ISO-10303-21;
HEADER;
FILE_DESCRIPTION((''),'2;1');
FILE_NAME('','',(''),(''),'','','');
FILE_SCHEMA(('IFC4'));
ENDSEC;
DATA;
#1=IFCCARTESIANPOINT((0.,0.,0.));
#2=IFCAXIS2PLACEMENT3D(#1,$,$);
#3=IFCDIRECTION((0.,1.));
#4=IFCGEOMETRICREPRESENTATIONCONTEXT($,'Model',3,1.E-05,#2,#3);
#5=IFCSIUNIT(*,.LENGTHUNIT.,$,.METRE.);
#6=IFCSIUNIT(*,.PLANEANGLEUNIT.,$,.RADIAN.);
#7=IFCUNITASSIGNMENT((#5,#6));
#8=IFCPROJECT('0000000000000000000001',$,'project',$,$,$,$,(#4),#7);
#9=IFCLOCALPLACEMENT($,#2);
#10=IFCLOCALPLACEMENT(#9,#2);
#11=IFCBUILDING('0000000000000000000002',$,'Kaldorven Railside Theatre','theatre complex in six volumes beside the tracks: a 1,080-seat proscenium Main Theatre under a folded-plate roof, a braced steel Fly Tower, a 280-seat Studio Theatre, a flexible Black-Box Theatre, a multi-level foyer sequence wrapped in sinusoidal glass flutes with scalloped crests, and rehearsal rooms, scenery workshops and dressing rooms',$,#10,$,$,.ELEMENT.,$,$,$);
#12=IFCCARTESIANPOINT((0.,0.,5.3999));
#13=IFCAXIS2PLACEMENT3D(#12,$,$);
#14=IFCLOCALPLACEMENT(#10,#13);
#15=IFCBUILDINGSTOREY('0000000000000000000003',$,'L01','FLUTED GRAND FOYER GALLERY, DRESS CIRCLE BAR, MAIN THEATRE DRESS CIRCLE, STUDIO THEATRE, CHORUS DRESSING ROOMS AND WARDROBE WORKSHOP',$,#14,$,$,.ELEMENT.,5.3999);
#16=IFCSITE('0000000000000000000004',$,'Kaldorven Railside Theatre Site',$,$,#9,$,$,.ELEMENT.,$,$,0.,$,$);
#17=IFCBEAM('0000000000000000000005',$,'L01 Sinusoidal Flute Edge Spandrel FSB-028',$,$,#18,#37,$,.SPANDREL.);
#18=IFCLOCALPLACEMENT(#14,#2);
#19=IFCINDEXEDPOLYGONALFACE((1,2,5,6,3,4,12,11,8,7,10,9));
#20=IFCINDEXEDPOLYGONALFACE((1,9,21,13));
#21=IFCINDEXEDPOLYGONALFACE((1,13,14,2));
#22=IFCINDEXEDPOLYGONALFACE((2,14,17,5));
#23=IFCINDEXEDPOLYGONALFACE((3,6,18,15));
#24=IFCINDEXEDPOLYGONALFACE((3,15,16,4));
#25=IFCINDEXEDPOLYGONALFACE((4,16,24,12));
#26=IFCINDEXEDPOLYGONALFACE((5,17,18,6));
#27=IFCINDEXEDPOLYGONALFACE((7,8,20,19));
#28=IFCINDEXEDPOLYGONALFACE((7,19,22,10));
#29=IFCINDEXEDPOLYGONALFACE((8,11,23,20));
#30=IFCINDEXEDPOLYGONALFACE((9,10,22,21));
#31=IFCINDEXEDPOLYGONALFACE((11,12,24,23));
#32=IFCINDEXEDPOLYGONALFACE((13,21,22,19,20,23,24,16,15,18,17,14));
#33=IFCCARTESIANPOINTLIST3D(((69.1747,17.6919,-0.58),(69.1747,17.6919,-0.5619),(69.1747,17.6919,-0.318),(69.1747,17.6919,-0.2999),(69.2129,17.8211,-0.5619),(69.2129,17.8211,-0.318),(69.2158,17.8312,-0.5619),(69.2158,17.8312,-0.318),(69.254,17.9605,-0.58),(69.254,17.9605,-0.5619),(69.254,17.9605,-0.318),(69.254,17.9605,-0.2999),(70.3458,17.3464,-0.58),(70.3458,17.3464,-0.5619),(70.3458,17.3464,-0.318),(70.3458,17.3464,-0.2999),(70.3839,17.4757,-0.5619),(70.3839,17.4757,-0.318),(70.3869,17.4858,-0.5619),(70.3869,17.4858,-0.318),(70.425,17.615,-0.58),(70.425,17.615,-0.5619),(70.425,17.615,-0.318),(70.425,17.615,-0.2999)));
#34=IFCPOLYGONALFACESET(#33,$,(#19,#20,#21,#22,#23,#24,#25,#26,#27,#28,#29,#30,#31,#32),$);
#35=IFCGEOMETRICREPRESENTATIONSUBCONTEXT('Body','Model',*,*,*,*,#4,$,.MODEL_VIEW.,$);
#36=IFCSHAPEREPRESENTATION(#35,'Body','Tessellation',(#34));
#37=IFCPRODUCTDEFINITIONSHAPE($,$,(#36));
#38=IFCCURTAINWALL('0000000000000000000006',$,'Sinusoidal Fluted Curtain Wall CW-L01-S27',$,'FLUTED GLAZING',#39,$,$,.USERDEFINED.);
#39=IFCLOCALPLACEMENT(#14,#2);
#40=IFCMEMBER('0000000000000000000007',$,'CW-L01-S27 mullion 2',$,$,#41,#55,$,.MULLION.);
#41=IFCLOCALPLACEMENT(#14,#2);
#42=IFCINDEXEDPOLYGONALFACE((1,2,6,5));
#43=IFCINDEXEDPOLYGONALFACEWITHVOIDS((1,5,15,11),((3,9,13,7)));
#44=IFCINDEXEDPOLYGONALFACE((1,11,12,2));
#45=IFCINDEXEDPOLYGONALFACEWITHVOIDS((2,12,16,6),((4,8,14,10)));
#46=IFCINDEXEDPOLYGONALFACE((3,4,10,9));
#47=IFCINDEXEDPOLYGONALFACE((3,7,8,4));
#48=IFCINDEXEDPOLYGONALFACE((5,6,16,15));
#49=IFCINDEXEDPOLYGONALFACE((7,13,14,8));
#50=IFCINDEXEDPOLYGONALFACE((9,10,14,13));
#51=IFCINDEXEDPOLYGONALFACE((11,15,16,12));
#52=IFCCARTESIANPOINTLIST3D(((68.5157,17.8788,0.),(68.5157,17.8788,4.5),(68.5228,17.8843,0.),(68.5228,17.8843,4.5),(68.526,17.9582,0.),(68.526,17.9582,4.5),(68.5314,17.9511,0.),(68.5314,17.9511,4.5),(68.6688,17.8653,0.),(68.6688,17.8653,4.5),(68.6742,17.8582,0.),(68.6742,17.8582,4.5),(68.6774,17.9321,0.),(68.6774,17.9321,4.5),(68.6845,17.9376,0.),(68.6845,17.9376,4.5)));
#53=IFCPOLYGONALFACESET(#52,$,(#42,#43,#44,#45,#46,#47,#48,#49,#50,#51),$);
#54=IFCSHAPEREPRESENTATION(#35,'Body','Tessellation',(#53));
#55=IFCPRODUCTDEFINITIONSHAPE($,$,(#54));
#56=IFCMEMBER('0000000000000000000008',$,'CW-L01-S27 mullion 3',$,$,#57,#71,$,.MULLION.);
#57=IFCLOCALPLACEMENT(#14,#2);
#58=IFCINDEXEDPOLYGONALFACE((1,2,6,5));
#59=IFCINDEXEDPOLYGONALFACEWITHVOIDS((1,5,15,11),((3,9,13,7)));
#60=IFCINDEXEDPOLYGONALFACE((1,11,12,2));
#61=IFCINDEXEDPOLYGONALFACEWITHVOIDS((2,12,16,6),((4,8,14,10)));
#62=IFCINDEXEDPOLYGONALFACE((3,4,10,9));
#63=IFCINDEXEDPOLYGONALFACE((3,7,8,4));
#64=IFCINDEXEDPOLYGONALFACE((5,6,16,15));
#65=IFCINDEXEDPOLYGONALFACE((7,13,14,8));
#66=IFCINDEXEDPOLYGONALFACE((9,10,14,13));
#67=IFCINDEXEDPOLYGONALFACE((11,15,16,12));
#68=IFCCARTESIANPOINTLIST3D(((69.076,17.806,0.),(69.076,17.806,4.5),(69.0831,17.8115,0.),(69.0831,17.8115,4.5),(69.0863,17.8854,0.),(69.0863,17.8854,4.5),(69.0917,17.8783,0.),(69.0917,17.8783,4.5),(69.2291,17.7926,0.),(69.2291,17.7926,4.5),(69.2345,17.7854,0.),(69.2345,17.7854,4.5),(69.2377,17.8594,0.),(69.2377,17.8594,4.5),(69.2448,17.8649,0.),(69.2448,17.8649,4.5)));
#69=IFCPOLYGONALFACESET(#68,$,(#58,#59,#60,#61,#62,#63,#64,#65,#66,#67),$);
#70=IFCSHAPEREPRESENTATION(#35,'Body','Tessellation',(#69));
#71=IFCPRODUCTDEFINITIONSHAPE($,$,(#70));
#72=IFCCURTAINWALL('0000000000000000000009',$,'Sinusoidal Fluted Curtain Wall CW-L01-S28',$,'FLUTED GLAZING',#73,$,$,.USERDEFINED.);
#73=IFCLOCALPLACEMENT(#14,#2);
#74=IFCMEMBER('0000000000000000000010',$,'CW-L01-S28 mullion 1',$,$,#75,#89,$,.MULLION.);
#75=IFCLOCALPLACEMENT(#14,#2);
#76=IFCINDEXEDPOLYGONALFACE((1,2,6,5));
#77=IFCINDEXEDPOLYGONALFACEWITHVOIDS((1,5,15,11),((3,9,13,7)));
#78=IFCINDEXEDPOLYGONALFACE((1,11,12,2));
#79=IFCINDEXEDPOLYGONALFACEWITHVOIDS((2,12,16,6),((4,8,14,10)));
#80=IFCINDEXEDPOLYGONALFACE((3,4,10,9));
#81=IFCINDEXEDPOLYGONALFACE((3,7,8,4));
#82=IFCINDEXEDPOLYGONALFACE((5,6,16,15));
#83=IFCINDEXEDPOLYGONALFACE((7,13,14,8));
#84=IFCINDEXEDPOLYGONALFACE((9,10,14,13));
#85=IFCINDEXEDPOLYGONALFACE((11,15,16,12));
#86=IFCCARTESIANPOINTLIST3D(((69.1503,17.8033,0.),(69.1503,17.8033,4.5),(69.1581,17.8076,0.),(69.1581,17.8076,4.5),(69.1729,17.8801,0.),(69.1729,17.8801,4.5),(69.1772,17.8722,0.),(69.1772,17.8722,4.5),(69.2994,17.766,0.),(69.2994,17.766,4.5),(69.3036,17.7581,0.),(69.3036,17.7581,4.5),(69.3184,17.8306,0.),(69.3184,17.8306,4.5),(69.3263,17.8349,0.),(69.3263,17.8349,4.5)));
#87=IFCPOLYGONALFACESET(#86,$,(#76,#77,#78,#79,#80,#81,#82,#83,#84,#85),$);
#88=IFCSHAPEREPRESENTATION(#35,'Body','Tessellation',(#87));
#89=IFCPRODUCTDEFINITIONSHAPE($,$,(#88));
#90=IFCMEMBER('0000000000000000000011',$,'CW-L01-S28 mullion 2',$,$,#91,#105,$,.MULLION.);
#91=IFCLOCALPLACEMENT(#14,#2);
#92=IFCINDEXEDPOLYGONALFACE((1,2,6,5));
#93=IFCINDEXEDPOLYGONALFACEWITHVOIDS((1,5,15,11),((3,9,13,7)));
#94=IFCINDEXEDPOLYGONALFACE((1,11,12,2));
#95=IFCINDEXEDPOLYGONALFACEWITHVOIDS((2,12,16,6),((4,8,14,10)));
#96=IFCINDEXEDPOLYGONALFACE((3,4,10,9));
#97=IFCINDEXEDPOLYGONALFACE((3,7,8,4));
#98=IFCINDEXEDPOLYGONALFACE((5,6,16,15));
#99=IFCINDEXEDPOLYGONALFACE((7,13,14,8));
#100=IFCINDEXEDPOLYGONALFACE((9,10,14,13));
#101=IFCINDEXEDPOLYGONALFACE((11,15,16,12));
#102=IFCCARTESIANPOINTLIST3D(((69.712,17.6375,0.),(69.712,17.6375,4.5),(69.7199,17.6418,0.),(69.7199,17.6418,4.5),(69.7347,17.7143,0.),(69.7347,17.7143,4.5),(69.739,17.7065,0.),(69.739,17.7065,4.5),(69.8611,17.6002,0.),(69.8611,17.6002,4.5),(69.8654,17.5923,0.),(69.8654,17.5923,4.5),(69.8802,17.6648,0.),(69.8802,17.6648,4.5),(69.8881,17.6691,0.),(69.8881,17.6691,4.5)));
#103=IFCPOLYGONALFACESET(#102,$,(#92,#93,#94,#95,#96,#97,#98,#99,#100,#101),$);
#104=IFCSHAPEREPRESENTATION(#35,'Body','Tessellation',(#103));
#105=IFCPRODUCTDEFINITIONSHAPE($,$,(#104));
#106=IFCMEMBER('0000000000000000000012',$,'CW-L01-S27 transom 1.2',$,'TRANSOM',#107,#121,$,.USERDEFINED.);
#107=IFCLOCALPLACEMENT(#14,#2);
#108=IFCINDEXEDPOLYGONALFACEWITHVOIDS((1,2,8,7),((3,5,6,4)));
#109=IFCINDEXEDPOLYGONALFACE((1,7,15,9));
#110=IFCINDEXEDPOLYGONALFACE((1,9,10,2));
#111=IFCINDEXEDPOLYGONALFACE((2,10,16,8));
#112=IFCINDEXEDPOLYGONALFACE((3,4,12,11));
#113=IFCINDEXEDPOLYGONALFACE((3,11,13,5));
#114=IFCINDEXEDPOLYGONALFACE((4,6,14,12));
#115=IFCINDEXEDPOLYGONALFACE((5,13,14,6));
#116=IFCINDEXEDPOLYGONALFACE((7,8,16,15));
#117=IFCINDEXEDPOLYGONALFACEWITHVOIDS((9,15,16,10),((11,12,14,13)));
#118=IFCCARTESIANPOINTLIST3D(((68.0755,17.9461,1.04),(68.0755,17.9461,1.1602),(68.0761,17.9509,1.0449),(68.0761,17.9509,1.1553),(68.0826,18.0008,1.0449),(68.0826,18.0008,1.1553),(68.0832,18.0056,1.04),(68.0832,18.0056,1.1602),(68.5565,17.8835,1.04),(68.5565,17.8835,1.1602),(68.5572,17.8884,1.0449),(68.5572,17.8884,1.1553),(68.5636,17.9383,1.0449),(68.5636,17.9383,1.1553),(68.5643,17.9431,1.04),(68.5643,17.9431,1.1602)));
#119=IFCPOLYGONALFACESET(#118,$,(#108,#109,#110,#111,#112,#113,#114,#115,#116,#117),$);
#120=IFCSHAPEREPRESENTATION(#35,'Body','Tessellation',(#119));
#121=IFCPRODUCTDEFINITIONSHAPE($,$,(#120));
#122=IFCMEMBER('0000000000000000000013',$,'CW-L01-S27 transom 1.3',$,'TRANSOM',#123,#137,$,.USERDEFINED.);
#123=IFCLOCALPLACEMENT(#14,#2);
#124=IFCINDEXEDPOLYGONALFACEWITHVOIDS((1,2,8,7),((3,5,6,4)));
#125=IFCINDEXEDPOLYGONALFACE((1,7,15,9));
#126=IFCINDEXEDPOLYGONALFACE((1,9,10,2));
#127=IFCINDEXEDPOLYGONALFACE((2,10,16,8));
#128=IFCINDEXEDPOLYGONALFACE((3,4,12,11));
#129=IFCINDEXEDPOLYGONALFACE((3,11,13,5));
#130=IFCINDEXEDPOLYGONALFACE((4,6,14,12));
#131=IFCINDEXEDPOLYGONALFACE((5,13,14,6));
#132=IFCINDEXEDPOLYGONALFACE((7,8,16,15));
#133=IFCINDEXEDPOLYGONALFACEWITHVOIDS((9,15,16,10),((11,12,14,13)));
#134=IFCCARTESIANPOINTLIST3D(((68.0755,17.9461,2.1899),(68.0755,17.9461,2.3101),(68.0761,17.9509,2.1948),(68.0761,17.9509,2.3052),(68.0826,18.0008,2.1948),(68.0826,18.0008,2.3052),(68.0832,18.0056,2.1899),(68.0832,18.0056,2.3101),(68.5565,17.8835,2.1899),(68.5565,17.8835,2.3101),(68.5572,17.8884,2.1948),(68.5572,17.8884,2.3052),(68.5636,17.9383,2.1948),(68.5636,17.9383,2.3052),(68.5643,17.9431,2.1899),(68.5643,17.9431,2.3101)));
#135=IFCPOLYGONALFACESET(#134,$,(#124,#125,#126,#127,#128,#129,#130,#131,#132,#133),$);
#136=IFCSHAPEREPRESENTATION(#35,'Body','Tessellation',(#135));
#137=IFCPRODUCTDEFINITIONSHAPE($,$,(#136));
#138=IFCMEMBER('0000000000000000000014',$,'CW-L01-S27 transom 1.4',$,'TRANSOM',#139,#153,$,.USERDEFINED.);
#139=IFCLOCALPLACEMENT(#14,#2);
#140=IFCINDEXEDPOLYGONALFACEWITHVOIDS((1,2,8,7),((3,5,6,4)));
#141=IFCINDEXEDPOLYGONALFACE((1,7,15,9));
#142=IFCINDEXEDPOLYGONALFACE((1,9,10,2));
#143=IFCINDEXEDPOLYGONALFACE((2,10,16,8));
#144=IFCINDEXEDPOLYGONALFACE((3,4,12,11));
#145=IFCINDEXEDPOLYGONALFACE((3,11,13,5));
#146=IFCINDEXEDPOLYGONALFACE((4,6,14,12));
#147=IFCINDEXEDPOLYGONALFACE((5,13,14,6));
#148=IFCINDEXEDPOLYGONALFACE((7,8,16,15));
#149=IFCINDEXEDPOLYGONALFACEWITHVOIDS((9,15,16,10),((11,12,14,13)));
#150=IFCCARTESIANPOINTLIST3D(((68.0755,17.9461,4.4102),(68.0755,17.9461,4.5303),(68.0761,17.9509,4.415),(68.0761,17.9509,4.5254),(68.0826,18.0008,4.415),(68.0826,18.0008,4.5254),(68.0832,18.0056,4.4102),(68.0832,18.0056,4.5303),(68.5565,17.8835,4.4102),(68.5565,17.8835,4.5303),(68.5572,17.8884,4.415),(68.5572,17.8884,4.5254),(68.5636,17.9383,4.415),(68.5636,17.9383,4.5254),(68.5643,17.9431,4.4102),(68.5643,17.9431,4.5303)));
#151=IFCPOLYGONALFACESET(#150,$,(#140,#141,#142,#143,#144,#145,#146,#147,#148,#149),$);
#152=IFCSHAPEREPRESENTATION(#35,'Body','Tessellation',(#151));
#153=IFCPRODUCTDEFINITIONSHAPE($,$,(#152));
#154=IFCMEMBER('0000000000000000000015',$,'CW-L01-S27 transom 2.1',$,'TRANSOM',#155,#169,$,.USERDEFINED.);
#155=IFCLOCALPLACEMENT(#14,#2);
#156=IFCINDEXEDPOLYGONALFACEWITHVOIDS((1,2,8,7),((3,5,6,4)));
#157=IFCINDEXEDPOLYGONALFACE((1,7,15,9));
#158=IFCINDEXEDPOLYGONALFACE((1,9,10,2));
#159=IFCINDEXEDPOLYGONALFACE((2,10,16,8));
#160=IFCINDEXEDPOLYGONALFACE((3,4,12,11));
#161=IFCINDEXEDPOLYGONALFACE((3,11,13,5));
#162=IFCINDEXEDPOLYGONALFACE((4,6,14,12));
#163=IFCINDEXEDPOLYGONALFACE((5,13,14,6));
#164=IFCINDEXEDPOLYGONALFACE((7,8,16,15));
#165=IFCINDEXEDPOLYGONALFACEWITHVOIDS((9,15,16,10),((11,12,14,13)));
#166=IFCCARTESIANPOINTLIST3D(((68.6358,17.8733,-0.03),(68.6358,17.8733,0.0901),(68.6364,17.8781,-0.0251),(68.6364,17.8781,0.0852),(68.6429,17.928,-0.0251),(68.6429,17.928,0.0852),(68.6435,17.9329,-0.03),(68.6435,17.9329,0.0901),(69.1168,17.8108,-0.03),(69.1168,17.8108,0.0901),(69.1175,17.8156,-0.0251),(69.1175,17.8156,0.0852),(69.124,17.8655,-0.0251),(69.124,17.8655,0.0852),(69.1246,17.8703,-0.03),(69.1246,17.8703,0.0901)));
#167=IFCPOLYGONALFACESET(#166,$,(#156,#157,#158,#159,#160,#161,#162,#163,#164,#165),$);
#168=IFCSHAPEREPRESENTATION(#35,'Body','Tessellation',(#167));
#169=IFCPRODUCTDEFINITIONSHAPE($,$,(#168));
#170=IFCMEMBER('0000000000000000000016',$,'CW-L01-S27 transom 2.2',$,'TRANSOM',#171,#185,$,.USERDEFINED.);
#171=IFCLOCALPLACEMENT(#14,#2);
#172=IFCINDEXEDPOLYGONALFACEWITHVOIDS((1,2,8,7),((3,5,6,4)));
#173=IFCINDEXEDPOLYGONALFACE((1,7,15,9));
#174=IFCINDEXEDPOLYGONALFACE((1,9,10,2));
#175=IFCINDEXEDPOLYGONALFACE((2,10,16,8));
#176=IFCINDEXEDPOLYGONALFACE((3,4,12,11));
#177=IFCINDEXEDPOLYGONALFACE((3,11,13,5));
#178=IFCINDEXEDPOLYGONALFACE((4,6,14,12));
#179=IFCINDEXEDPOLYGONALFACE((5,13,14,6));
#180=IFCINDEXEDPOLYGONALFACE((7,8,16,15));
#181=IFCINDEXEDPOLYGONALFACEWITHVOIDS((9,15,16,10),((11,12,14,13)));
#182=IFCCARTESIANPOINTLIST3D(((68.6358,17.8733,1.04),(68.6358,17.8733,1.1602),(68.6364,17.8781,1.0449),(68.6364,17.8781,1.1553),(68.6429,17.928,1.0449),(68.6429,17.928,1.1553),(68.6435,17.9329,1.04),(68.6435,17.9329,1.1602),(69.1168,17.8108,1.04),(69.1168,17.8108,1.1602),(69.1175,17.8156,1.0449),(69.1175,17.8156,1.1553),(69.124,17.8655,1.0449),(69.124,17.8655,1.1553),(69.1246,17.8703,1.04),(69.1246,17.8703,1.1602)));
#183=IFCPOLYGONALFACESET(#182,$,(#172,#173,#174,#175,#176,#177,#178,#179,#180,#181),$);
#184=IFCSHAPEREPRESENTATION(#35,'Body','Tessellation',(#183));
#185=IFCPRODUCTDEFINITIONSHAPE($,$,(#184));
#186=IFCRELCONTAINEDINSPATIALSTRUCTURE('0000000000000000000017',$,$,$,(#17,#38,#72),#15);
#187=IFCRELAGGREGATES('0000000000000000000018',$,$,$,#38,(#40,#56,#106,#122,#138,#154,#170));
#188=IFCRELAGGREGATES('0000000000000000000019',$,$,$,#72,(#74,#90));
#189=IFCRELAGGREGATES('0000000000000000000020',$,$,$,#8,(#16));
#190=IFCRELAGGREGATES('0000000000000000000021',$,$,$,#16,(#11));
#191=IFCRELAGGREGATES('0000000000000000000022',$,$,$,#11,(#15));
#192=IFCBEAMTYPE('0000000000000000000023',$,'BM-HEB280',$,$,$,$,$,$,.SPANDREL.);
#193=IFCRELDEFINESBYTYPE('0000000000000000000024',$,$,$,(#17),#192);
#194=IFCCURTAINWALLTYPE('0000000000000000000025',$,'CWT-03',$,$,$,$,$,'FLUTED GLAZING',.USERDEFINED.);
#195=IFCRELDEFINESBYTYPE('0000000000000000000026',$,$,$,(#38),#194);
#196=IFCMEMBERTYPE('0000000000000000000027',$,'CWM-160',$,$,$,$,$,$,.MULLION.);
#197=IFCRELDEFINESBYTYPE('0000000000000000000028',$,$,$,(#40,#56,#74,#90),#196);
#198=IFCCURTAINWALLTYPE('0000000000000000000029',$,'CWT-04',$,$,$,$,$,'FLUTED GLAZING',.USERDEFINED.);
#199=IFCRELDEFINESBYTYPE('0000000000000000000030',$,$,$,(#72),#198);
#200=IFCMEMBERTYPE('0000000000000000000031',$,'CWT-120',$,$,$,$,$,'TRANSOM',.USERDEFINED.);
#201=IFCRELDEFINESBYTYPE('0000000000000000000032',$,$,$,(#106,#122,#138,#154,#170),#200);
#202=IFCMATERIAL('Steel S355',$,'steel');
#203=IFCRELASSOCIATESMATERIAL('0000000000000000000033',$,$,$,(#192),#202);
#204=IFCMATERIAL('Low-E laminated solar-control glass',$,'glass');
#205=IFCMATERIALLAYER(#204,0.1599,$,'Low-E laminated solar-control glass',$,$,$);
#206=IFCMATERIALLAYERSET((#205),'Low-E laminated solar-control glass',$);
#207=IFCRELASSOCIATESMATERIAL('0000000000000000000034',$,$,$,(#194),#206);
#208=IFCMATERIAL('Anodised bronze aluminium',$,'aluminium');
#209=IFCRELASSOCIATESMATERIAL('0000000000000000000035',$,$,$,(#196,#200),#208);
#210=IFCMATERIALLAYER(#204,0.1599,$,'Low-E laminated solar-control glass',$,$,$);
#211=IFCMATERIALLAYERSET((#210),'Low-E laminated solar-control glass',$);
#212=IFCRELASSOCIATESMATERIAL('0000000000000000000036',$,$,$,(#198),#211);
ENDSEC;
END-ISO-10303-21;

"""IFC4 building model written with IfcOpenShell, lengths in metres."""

from ifc_helpers import new_model, si_unit, direction, frame, origin, origin_2d, place, context, subcontext, project, spatial, hollow_rectangle, i_section, extrude, material, layer, layer_set, material_profile, profile_set, type_object, element, aggregate, save


model = new_model("IFC4")

# Units and contexts
model_context = context("Model", 3, precision=1e-05, world=origin(), true_north=direction((0.0, 1.0)))
body_context = subcontext(model_context, "Body", "Model", "MODEL_VIEW")
ifc_project = project(units=[si_unit("LENGTHUNIT", "METRE"), si_unit("PLANEANGLEUNIT", "RADIAN")], contexts=[model_context])

# Site, building, storey
site_placement = place(None, origin())
site = spatial("IfcSite", under=ifc_project, at=site_placement, Name="Kaldorven Railside Theatre Site", CompositionType="ELEMENT", RefElevation=0.0)
building_placement = place(site_placement, origin())
building = spatial("IfcBuilding", under=site, at=building_placement, Name="Kaldorven Railside Theatre", Description="theatre complex in six volumes beside the tracks: a 1,080-seat proscenium Main Theatre under a folded-plate roof, a braced steel Fly Tower, a 280-seat Studio Theatre, a flexible Black-Box Theatre, a multi-level foyer sequence wrapped in sinusoidal glass flutes with scalloped crests, and rehearsal rooms, scenery workshops and dressing rooms", CompositionType="ELEMENT")
storey_placement = place(building_placement, frame((0.0, 0.0, 5.3999)))
storey = spatial("IfcBuildingStorey", under=building, at=storey_placement, Name="L01", Description="FLUTED GRAND FOYER GALLERY, DRESS CIRCLE BAR, MAIN THEATRE DRESS CIRCLE, STUDIO THEATRE, CHORUS DRESSING ROOMS AND WARDROBE WORKSHOP", CompositionType="ELEMENT", Elevation=5.3999)

# Beam
ifc_material_1 = material(Name="Steel S355", Category="steel")
ifc_material_profile_1 = material_profile(ifc_material_1, i_section(OverallWidth=0.28, OverallDepth=0.28, WebThickness=0.0105, FlangeThickness=0.0181, at=origin_2d()), Name="HEB 280")
ifc_profile_set_1 = profile_set([ifc_material_profile_1], Name="Steel S355")
beam_type = type_object("IfcBeamType", Name="BM-HEB280", PredefinedType="SPANDREL", material=ifc_profile_set_1)
beam_placement = place(storey_placement, frame((69.2144, 17.8262, -0.4399), z_axis=(0.959142, -0.282924, 0.0), x_axis=(0.282924, 0.959142, 0.0)))
element("IfcBeam", 1, at=beam_placement, inside=storey, type_object=beam_type, Name="L01 Sinusoidal Flute Edge Spandrel FSB-028", PredefinedType="SPANDREL", context=body_context, shape_type="SweptSolid", body=[
    extrude(i_section(OverallWidth=0.28, OverallDepth=0.28, WebThickness=0.0105, FlangeThickness=0.0181, at=origin_2d()), origin(), (0.0, 0.0, 1.0), 1.2209),
])

# Curtain walls, members
ifc_material_2 = material(Name="Low-E laminated solar-control glass", Category="glass")
ifc_layer_1 = layer(ifc_material_2, 0.1599, Name="Low-E laminated solar-control glass")
ifc_layer_set_1 = layer_set([ifc_layer_1], Name="Low-E laminated solar-control glass")
curtain_wall_type_1 = type_object("IfcCurtainWallType", Name="CWT-03", ElementType="FLUTED GLAZING", PredefinedType="USERDEFINED", material=ifc_layer_set_1)
curtain_wall_1_placement = place(storey_placement, origin())
curtain_wall_1 = element("IfcCurtainWall", 2, at=curtain_wall_1_placement, inside=storey, type_object=curtain_wall_type_1, Name="Sinusoidal Fluted Curtain Wall CW-L01-S27", ObjectType="FLUTED GLAZING", PredefinedType="USERDEFINED")
ifc_material_3 = material(Name="Anodised bronze aluminium", Category="aluminium")
ifc_material_profile_2 = material_profile(ifc_material_3, hollow_rectangle(XDim=0.0801, YDim=0.1599, WallThickness=0.0063, at=origin_2d()), Name="RHS 160x80x6.3")
ifc_profile_set_2 = profile_set([ifc_material_profile_2], Name="Anodised bronze aluminium")
member_type_1 = type_object("IfcMemberType", Name="CWM-160", PredefinedType="MULLION", material=ifc_profile_set_2)
member_1_placement = place(storey_placement, frame((68.6001, 17.9082, 0.0), z_axis=(0.0, 0.0, 1.0), x_axis=(0.128753, 0.991677, 0.0)))
member_1 = element("IfcMember", 3, at=member_1_placement, type_object=member_type_1, Name="CW-L01-S27 mullion 2", PredefinedType="MULLION", context=body_context, shape_type="SweptSolid", body=[
    extrude(hollow_rectangle(XDim=0.0801, YDim=0.1599, WallThickness=0.0063, at=origin_2d()), origin(), (0.0, 0.0, 1.0), 4.5),
])
member_2_placement = place(storey_placement, frame((69.1604, 17.8354, 0.0), z_axis=(0.0, 0.0, 1.0), x_axis=(0.128753, 0.991677, 0.0)))
member_2 = element("IfcMember", 4, at=member_2_placement, type_object=member_type_1, Name="CW-L01-S27 mullion 3", PredefinedType="MULLION", context=body_context, shape_type="SweptSolid", body=[
    extrude(hollow_rectangle(XDim=0.0801, YDim=0.1599, WallThickness=0.0063, at=origin_2d()), origin(), (0.0, 0.0, 1.0), 4.5),
])
ifc_layer_2 = layer(ifc_material_2, 0.1599, Name="Low-E laminated solar-control glass")
ifc_layer_set_2 = layer_set([ifc_layer_2], Name="Low-E laminated solar-control glass")
curtain_wall_type_2 = type_object("IfcCurtainWallType", Name="CWT-04", ElementType="FLUTED GLAZING", PredefinedType="USERDEFINED", material=ifc_layer_set_2)
curtain_wall_2_placement = place(storey_placement, origin())
curtain_wall_2 = element("IfcCurtainWall", 5, at=curtain_wall_2_placement, inside=storey, type_object=curtain_wall_type_2, Name="Sinusoidal Fluted Curtain Wall CW-L01-S28", ObjectType="FLUTED GLAZING", PredefinedType="USERDEFINED")
member_3_placement = place(storey_placement, frame((69.2383, 17.8191, 0.0), z_axis=(0.0, 0.0, 1.0), x_axis=(0.282872, 0.959158, 0.0)))
member_3 = element("IfcMember", 6, at=member_3_placement, type_object=member_type_1, Name="CW-L01-S28 mullion 1", PredefinedType="MULLION", context=body_context, shape_type="SweptSolid", body=[
    extrude(hollow_rectangle(XDim=0.0801, YDim=0.1599, WallThickness=0.0063, at=origin_2d()), origin(), (0.0, 0.0, 1.0), 4.5),
])
member_4_placement = place(storey_placement, frame((69.8, 17.6533, 0.0), z_axis=(0.0, 0.0, 1.0), x_axis=(0.282872, 0.959158, 0.0)))
member_4 = element("IfcMember", 7, at=member_4_placement, type_object=member_type_1, Name="CW-L01-S28 mullion 2", PredefinedType="MULLION", context=body_context, shape_type="SweptSolid", body=[
    extrude(hollow_rectangle(XDim=0.0801, YDim=0.1599, WallThickness=0.0063, at=origin_2d()), origin(), (0.0, 0.0, 1.0), 4.5),
])

# Members
ifc_material_profile_3 = material_profile(ifc_material_3, hollow_rectangle(XDim=0.0601, YDim=0.1201, WallThickness=0.0049, at=origin_2d()), Name="RHS 120x60x5")
ifc_profile_set_3 = profile_set([ifc_material_profile_3], Name="Anodised bronze aluminium")
member_type_2 = type_object("IfcMemberType", Name="CWT-120", ElementType="TRANSOM", PredefinedType="USERDEFINED", material=ifc_profile_set_3)
member_5_placement = place(storey_placement, frame((68.0793, 17.9758, 1.1001), z_axis=(0.991662, -0.128866, 0.0), x_axis=(0.128866, 0.991662, 0.0)))
member_5 = element("IfcMember", 8, at=member_5_placement, type_object=member_type_2, Name="CW-L01-S27 transom 1.2", ObjectType="TRANSOM", PredefinedType="USERDEFINED", context=body_context, shape_type="SweptSolid", body=[
    extrude(hollow_rectangle(XDim=0.0601, YDim=0.1201, WallThickness=0.0049, at=origin_2d()), origin(), (0.0, 0.0, 1.0), 0.4851),
])
member_6_placement = place(storey_placement, frame((68.0793, 17.9758, 2.25), z_axis=(0.991662, -0.128866, 0.0), x_axis=(0.128866, 0.991662, 0.0)))
member_6 = element("IfcMember", 9, at=member_6_placement, type_object=member_type_2, Name="CW-L01-S27 transom 1.3", ObjectType="TRANSOM", PredefinedType="USERDEFINED", context=body_context, shape_type="SweptSolid", body=[
    extrude(hollow_rectangle(XDim=0.0601, YDim=0.1201, WallThickness=0.0049, at=origin_2d()), origin(), (0.0, 0.0, 1.0), 0.4851),
])
member_7_placement = place(storey_placement, frame((68.0793, 17.9758, 4.4702), z_axis=(0.991662, -0.128866, 0.0), x_axis=(0.128866, 0.991662, 0.0)))
member_7 = element("IfcMember", 10, at=member_7_placement, type_object=member_type_2, Name="CW-L01-S27 transom 1.4", ObjectType="TRANSOM", PredefinedType="USERDEFINED", context=body_context, shape_type="SweptSolid", body=[
    extrude(hollow_rectangle(XDim=0.0601, YDim=0.1201, WallThickness=0.0049, at=origin_2d()), origin(), (0.0, 0.0, 1.0), 0.4851),
])
member_8_placement = place(storey_placement, frame((68.6396, 17.9031, 0.03), z_axis=(0.991662, -0.128866, 0.0), x_axis=(0.128866, 0.991662, 0.0)))
member_8 = element("IfcMember", 11, at=member_8_placement, type_object=member_type_2, Name="CW-L01-S27 transom 2.1", ObjectType="TRANSOM", PredefinedType="USERDEFINED", context=body_context, shape_type="SweptSolid", body=[
    extrude(hollow_rectangle(XDim=0.0601, YDim=0.1201, WallThickness=0.0049, at=origin_2d()), origin(), (0.0, 0.0, 1.0), 0.4851),
])
member_9_placement = place(storey_placement, frame((68.6396, 17.9031, 1.1001), z_axis=(0.991662, -0.128866, 0.0), x_axis=(0.128866, 0.991662, 0.0)))
member_9 = element("IfcMember", 12, at=member_9_placement, type_object=member_type_2, Name="CW-L01-S27 transom 2.2", ObjectType="TRANSOM", PredefinedType="USERDEFINED", context=body_context, shape_type="SweptSolid", body=[
    extrude(hollow_rectangle(XDim=0.0601, YDim=0.1201, WallThickness=0.0049, at=origin_2d()), origin(), (0.0, 0.0, 1.0), 0.4851),
])

aggregate(curtain_wall_1, [member_1, member_2, member_5, member_6, member_7, member_8, member_9])
aggregate(curtain_wall_2, [member_3, member_4])

save(model, "model.ifc")
